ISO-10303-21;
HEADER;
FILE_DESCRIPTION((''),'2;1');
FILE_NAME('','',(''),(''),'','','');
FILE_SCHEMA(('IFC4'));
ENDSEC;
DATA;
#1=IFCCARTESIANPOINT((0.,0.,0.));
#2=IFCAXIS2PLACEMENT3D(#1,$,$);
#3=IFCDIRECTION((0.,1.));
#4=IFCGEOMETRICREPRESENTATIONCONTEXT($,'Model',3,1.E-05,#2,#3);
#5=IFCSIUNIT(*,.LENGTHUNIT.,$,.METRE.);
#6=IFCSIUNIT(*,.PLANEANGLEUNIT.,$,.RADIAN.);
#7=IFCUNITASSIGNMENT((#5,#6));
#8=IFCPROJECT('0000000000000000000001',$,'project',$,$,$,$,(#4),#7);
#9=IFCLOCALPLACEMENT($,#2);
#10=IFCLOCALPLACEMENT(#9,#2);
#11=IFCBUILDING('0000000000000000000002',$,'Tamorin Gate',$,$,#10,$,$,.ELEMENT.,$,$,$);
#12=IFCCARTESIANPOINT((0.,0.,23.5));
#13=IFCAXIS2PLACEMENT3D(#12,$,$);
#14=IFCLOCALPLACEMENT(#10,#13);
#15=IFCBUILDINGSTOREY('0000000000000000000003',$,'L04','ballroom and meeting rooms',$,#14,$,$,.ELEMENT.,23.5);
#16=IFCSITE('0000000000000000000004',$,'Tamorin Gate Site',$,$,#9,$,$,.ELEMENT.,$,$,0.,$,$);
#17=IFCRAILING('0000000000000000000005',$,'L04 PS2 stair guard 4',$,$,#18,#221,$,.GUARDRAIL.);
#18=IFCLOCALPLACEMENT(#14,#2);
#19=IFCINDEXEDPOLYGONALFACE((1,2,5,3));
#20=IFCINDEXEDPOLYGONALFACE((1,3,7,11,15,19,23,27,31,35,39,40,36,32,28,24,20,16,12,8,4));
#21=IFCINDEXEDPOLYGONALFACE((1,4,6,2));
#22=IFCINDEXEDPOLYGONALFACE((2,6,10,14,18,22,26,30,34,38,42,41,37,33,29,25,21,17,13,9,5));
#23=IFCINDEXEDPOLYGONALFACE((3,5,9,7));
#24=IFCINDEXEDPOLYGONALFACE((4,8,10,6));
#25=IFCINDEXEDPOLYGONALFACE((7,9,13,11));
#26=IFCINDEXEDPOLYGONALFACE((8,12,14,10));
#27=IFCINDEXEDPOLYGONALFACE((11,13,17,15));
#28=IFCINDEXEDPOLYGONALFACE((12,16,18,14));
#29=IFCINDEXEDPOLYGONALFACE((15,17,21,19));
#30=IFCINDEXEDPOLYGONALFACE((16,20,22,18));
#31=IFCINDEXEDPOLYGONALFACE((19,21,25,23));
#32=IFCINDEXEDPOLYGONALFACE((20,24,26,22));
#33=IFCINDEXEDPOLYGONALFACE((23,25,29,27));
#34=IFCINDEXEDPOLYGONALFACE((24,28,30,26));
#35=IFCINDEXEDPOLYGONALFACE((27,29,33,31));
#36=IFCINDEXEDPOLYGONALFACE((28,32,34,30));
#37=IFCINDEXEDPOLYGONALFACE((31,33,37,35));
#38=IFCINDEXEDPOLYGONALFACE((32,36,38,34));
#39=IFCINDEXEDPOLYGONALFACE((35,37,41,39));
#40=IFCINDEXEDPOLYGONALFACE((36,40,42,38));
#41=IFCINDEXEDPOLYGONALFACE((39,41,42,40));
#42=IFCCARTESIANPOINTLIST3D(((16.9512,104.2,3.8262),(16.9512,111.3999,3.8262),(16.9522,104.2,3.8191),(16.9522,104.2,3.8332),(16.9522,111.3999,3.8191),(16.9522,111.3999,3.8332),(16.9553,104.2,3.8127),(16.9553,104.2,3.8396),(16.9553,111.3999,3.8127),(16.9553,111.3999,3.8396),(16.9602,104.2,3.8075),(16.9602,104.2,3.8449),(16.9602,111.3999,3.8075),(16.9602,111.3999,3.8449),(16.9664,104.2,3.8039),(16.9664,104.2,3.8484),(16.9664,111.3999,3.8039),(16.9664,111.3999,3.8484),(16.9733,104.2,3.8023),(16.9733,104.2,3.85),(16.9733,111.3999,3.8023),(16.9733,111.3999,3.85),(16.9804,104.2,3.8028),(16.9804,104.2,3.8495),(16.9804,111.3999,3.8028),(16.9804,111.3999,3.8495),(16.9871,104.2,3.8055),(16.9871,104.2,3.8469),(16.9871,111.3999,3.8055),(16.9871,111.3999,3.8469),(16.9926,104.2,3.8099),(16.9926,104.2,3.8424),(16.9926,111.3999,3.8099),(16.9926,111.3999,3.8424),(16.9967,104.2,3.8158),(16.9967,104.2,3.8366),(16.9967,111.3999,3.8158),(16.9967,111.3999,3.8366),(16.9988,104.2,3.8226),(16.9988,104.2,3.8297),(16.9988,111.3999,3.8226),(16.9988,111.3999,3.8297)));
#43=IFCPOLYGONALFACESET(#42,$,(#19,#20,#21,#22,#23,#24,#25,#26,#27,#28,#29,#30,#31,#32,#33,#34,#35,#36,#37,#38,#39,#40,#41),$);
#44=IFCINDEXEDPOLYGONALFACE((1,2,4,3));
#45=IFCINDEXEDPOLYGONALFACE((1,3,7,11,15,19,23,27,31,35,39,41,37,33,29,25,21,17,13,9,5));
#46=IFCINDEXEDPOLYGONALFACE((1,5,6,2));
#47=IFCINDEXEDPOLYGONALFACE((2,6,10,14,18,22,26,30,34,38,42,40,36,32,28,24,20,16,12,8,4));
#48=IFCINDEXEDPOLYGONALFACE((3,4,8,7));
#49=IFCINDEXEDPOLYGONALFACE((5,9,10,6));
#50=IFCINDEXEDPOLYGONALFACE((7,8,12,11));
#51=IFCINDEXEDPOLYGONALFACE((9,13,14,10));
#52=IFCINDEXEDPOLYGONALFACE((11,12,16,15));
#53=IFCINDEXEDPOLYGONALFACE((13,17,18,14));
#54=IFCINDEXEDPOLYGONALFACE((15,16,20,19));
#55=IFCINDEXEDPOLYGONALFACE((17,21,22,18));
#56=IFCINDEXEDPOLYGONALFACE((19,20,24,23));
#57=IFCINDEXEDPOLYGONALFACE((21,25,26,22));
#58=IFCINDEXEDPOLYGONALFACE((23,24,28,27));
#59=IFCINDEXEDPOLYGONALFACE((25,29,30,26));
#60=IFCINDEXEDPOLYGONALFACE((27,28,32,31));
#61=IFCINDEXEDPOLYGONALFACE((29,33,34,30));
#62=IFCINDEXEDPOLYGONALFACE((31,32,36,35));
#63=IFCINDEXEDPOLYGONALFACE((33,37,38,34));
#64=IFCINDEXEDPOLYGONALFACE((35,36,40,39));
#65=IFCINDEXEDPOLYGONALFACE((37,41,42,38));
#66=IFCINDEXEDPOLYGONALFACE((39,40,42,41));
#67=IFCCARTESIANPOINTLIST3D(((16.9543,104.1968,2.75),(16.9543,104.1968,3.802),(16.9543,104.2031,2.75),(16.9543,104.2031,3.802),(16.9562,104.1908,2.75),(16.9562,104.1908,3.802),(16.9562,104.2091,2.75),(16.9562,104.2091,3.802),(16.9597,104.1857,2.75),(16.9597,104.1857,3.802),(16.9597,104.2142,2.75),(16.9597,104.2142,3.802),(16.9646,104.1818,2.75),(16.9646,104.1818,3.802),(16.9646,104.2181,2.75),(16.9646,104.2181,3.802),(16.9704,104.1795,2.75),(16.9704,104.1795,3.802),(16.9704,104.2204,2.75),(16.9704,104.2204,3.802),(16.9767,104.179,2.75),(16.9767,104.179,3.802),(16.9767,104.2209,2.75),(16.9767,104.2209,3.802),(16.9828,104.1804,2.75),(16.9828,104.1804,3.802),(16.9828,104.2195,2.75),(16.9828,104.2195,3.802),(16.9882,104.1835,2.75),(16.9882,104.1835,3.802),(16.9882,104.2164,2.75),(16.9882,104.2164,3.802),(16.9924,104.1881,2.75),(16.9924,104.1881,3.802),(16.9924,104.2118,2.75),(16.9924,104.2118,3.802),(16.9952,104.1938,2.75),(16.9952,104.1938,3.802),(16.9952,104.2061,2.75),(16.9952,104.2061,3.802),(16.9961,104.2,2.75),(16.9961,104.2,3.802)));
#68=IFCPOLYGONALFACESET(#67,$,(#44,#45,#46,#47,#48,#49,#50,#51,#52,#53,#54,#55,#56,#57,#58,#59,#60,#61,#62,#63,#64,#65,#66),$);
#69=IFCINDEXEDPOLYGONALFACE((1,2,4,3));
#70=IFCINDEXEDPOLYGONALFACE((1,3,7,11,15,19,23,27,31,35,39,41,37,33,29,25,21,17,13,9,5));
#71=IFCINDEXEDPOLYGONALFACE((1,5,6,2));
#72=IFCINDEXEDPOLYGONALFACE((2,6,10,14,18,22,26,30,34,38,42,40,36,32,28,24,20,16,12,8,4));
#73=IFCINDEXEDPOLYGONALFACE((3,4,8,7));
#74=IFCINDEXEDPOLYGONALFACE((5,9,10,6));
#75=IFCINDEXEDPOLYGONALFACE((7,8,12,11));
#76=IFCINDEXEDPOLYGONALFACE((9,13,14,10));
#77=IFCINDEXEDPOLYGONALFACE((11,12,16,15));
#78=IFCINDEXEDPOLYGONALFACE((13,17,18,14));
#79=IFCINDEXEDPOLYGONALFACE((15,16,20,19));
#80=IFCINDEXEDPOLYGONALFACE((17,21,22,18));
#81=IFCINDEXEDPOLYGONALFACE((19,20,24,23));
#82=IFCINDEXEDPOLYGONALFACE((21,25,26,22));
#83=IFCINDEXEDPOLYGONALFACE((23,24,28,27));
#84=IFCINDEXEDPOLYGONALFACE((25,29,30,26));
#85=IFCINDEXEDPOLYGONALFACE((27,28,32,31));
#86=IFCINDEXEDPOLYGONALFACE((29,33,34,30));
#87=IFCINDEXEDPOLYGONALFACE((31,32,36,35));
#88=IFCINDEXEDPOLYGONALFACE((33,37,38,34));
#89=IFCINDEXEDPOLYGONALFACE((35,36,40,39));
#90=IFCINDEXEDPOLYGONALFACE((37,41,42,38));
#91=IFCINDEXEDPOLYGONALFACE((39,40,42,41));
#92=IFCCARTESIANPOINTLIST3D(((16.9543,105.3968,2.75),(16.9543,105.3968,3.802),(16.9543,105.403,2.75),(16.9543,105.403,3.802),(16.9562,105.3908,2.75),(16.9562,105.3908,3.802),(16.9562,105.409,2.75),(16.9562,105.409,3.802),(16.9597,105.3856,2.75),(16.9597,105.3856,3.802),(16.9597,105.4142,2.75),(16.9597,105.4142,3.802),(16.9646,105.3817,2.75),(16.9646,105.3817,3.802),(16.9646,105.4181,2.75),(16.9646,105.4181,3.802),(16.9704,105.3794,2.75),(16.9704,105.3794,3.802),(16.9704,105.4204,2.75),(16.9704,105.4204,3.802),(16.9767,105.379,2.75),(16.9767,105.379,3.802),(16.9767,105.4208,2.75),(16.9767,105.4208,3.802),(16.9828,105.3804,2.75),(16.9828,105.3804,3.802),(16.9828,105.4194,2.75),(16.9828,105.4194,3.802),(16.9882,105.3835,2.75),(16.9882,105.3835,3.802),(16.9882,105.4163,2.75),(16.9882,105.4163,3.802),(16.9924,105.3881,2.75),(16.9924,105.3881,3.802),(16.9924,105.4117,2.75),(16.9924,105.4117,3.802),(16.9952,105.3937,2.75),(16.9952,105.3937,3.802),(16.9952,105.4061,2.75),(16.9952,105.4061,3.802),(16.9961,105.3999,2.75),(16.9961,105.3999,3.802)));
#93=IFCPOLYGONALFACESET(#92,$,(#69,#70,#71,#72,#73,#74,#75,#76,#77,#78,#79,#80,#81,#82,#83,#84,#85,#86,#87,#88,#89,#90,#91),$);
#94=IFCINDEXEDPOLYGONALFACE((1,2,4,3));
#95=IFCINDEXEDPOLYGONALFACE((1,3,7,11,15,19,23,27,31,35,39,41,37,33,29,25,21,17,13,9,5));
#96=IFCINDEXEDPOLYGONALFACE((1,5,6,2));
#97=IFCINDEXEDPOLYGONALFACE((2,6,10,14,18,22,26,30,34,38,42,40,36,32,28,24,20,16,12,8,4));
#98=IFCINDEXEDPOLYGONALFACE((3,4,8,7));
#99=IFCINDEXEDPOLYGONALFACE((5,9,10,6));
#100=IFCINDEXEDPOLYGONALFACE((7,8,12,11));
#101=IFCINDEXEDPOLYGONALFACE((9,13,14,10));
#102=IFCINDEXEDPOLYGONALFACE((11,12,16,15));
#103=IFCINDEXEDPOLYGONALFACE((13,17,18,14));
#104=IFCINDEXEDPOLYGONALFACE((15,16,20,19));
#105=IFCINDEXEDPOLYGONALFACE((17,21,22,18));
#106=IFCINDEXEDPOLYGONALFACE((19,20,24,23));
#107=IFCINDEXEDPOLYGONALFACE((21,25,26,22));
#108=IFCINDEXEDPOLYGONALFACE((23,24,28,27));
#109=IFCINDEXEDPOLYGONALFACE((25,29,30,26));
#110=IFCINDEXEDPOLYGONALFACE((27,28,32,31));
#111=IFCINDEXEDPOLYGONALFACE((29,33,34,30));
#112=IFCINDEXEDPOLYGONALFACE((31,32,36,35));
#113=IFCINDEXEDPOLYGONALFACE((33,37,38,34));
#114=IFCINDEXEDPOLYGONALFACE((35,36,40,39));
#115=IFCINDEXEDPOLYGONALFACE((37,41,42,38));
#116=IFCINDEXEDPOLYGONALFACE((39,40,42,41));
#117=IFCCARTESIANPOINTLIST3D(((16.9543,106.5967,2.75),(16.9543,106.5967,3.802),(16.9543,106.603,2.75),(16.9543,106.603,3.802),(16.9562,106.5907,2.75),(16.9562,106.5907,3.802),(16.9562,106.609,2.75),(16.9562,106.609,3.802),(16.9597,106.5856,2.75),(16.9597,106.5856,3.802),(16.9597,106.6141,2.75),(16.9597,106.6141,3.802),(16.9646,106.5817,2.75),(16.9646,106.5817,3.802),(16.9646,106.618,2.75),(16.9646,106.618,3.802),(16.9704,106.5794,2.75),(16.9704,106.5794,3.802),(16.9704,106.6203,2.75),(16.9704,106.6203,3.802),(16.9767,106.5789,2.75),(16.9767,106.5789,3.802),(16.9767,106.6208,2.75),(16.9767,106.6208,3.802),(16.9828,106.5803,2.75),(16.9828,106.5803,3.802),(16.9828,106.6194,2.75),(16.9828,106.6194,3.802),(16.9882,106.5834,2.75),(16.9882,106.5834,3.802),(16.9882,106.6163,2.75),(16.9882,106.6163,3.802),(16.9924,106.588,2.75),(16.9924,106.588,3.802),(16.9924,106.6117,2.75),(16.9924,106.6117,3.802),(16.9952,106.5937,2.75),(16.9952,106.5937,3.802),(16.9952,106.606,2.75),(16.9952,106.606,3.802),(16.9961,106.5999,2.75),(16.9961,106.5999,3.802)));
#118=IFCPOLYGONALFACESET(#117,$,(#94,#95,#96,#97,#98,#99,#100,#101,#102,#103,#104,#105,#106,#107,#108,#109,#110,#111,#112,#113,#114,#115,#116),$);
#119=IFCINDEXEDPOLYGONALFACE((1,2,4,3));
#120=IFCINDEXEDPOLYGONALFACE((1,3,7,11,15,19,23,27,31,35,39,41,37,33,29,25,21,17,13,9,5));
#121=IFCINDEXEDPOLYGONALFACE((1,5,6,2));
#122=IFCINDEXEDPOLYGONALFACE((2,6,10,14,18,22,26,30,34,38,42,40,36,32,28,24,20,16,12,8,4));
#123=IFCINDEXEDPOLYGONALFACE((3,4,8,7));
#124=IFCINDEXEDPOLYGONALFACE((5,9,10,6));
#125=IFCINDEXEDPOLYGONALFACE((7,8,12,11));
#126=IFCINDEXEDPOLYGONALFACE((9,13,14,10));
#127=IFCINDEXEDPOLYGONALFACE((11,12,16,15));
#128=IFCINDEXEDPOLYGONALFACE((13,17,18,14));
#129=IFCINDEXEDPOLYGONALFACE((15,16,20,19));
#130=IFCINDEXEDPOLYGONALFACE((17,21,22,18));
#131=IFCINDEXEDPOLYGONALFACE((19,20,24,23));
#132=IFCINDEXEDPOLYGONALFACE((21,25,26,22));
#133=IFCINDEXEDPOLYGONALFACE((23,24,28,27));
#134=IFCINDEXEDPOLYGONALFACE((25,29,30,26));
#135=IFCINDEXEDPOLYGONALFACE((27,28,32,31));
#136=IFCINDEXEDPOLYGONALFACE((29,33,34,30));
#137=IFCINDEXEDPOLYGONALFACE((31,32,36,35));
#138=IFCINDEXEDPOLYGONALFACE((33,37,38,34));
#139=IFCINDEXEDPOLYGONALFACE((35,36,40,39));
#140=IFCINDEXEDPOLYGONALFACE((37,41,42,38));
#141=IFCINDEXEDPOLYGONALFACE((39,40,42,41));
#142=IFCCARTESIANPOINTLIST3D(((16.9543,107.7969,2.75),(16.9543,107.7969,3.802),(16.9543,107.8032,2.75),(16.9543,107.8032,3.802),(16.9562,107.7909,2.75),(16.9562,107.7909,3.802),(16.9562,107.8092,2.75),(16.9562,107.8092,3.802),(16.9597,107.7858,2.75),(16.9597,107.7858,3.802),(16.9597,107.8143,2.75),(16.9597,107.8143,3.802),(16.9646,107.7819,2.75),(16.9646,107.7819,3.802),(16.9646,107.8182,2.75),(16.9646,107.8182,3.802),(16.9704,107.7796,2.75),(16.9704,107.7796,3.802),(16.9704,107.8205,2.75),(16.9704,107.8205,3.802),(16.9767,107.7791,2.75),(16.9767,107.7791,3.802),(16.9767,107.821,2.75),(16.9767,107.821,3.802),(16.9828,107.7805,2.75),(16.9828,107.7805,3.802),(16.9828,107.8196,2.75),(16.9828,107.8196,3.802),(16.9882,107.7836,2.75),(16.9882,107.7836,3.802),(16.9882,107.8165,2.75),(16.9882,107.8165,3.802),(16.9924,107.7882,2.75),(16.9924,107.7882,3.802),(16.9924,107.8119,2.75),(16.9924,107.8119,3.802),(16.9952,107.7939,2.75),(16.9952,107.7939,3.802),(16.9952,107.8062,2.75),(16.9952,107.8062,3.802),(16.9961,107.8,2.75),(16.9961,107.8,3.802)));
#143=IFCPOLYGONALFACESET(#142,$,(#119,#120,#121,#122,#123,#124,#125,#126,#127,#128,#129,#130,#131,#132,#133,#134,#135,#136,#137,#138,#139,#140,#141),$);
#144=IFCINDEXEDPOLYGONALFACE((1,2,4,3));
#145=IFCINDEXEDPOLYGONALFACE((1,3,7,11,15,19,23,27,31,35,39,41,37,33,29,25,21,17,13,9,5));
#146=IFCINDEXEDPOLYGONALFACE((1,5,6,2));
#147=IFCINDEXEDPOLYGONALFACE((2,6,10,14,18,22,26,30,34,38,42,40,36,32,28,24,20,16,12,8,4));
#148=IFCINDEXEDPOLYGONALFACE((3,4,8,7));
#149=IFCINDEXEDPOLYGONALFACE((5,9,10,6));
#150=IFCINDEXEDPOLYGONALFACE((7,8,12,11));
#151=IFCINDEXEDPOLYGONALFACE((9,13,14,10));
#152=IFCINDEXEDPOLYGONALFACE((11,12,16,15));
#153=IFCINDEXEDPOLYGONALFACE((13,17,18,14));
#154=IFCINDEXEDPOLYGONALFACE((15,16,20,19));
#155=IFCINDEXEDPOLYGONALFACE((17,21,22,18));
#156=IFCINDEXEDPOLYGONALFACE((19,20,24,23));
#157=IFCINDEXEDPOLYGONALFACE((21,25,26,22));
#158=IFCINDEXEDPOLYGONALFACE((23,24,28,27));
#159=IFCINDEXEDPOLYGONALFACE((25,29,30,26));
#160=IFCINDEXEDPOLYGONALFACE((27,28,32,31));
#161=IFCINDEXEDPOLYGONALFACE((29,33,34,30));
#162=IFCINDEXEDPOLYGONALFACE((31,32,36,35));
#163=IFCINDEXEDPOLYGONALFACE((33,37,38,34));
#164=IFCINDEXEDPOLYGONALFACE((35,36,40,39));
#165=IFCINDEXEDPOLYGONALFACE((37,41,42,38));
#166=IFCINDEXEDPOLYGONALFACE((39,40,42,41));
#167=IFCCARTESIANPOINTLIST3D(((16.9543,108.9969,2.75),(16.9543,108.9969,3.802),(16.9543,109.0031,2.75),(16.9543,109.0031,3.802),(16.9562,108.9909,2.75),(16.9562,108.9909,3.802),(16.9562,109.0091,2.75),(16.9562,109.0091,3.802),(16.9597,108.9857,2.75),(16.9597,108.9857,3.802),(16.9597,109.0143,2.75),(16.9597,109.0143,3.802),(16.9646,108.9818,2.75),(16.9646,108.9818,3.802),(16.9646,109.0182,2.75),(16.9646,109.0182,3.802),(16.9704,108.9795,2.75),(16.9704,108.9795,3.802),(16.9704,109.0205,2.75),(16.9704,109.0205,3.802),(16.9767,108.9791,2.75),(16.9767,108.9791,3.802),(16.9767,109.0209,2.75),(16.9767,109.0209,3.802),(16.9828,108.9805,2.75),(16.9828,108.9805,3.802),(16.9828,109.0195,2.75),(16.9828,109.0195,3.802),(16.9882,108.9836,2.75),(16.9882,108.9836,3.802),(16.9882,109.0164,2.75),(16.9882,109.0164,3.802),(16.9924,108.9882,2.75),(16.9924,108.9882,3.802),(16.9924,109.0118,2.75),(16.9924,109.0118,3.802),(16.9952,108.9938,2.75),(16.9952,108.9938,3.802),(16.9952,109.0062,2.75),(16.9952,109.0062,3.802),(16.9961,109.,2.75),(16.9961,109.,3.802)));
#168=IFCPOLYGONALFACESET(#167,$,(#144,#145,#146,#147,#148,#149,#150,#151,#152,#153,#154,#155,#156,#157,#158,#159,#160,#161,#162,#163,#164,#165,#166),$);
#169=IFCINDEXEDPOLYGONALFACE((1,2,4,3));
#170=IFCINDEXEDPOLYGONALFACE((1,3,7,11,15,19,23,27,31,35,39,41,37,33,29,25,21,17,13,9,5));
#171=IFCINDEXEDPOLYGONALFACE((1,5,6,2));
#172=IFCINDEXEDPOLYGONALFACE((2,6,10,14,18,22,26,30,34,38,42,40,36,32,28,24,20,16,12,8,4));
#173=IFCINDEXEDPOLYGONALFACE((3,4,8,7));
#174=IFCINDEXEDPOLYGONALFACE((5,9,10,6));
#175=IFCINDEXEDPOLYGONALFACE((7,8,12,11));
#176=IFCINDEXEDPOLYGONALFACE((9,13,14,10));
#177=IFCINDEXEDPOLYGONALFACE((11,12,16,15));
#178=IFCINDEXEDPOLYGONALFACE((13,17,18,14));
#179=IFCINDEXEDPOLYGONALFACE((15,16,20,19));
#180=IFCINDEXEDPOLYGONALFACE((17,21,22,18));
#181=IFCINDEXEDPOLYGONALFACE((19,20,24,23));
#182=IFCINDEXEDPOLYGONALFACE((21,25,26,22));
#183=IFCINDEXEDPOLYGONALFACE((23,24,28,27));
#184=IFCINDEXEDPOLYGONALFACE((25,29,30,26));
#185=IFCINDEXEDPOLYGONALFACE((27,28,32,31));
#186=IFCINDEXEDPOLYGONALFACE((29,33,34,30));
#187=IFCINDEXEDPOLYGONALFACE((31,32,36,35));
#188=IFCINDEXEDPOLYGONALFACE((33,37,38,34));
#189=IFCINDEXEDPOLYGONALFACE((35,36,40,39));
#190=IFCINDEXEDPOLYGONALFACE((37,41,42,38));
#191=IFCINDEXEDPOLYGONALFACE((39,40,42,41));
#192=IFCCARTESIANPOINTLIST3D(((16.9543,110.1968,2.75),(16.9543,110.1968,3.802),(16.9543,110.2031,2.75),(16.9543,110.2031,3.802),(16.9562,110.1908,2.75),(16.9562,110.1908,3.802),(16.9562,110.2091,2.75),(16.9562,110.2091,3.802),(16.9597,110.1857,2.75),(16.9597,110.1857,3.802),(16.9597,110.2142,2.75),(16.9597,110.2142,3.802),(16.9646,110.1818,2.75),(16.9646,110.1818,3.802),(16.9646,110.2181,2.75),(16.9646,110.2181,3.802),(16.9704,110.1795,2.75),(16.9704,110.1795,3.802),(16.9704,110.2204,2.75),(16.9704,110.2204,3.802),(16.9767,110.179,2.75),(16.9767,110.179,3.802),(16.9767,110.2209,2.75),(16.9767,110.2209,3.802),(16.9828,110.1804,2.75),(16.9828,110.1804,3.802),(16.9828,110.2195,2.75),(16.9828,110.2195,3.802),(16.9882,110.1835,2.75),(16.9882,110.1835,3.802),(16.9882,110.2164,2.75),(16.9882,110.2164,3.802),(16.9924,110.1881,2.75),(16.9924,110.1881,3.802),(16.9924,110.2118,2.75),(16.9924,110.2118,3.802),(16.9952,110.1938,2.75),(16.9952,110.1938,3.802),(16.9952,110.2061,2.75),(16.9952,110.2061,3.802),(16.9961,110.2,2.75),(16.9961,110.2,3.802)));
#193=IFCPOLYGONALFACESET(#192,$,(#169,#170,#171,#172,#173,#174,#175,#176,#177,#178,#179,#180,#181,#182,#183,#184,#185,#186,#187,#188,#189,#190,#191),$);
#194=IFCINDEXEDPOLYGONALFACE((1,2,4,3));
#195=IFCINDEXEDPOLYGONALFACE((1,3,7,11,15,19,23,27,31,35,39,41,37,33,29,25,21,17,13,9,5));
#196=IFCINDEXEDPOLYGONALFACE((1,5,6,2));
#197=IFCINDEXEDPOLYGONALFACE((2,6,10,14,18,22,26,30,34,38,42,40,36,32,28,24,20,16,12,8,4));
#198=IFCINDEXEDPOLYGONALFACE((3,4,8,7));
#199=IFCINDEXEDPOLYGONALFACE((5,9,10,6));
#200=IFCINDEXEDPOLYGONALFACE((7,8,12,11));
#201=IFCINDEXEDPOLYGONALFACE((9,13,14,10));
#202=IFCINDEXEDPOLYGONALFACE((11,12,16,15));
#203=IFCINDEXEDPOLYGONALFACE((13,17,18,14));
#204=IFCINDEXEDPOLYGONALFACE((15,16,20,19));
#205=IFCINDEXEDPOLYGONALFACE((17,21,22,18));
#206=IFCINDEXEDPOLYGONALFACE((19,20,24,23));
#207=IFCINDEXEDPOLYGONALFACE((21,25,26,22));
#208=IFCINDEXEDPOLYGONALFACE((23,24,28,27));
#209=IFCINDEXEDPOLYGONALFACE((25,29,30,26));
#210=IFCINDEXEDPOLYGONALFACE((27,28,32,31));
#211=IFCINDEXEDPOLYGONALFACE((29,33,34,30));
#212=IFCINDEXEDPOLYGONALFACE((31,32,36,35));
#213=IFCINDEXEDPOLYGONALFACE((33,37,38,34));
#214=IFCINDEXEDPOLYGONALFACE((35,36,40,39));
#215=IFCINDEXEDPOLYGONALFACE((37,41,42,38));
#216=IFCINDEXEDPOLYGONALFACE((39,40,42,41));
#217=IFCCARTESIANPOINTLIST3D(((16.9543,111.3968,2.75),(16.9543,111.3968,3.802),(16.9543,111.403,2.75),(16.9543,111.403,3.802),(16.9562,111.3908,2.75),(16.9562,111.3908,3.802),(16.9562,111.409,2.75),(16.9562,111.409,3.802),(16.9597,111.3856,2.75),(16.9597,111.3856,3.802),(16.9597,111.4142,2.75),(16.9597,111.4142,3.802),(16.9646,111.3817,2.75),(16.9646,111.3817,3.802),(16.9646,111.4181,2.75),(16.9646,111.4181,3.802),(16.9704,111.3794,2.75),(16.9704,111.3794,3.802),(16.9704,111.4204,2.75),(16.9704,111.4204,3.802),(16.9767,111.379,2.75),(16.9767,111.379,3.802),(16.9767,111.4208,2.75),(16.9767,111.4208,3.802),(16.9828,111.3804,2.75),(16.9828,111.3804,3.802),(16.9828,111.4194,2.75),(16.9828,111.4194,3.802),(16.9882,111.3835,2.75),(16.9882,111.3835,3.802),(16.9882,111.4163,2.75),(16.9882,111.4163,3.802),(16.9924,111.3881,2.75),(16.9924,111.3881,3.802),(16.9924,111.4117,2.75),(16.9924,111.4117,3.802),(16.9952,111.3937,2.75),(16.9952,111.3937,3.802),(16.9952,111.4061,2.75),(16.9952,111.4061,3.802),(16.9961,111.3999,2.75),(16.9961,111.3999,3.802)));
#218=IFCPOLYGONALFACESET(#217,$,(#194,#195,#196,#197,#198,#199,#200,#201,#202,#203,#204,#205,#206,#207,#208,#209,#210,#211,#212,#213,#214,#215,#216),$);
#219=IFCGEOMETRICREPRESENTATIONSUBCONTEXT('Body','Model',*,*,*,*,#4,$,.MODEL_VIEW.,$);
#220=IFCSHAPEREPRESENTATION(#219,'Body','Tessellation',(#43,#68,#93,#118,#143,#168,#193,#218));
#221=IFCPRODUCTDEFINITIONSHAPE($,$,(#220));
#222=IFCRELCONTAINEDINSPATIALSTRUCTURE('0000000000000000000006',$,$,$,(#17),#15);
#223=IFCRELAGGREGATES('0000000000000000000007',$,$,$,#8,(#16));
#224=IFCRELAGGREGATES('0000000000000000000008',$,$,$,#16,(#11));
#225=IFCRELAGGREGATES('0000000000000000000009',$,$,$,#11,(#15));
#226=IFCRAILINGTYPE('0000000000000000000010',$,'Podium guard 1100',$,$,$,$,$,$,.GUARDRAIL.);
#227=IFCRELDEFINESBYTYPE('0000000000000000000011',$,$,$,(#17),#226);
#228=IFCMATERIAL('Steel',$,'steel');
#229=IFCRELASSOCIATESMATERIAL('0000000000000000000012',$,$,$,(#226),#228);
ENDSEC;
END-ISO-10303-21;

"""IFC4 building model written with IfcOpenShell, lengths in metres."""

from ifc_helpers import new_model, si_unit, direction, frame, origin, origin_2d, place, context, subcontext, project, spatial, circle, extrude, material, type_object, element, save


model = new_model("IFC4")

# Units and contexts
model_context = context("Model", 3, precision=1e-05, world=origin(), true_north=direction((0.0, 1.0)))
body_context = subcontext(model_context, "Body", "Model", "MODEL_VIEW")
ifc_project = project(units=[si_unit("LENGTHUNIT", "METRE"), si_unit("PLANEANGLEUNIT", "RADIAN")], contexts=[model_context])

# Site, building, storey
site_placement = place(None, origin())
site = spatial("IfcSite", under=ifc_project, at=site_placement, Name="Tamorin Gate Site", CompositionType="ELEMENT", RefElevation=0.0)
building_placement = place(site_placement, origin())
building = spatial("IfcBuilding", under=site, at=building_placement, Name="Tamorin Gate", CompositionType="ELEMENT")
storey_placement = place(building_placement, frame((0.0, 0.0, 23.5)))
storey = spatial("IfcBuildingStorey", under=building, at=storey_placement, Name="L04", Description="ballroom and meeting rooms", CompositionType="ELEMENT", Elevation=23.5)

# Railing
ifc_material_1 = material(Name="Steel", Category="steel")
railing_type_1 = type_object("IfcRailingType", Name="Podium guard 1100", PredefinedType="GUARDRAIL", material=ifc_material_1)
for number, where, name in (
    (1, (16.9751, 104.2, 2.75), "L04 PS2 stair guard 4"),
):
    element("IfcRailing", number, at=place(storey_placement, frame(where)), inside=storey, type_object=railing_type_1, Name=name, PredefinedType="GUARDRAIL", context=body_context, shape_type="SweptSolid", body=[
        extrude(circle(Radius=0.0239, at=origin_2d()), frame((0.0, 0.0, 1.0762), z_axis=(0.0, 1.0, 0.0), x_axis=(-1.0, 0.0, 0.0)), (0.0, 0.0, 1.0), 7.2),
        extrude(circle(Radius=0.021, at=origin_2d()), origin(), (0.0, 0.0, 1.0), 1.052),
        extrude(circle(Radius=0.021, at=origin_2d()), frame((0.0, 1.2, 0.0)), (0.0, 0.0, 1.0), 1.052),
        extrude(circle(Radius=0.021, at=origin_2d()), frame((0.0, 2.3999, 0.0)), (0.0, 0.0, 1.0), 1.052),
        extrude(circle(Radius=0.021, at=origin_2d()), frame((0.0, 3.6001, 0.0)), (0.0, 0.0, 1.0), 1.052),
        extrude(circle(Radius=0.021, at=origin_2d()), frame((0.0, 4.8, 0.0)), (0.0, 0.0, 1.0), 1.052),
        extrude(circle(Radius=0.021, at=origin_2d()), frame((0.0, 6.0, 0.0)), (0.0, 0.0, 1.0), 1.052),
        extrude(circle(Radius=0.021, at=origin_2d()), frame((0.0, 7.2, 0.0)), (0.0, 0.0, 1.0), 1.052),
    ])

save(model, "model.ifc")
